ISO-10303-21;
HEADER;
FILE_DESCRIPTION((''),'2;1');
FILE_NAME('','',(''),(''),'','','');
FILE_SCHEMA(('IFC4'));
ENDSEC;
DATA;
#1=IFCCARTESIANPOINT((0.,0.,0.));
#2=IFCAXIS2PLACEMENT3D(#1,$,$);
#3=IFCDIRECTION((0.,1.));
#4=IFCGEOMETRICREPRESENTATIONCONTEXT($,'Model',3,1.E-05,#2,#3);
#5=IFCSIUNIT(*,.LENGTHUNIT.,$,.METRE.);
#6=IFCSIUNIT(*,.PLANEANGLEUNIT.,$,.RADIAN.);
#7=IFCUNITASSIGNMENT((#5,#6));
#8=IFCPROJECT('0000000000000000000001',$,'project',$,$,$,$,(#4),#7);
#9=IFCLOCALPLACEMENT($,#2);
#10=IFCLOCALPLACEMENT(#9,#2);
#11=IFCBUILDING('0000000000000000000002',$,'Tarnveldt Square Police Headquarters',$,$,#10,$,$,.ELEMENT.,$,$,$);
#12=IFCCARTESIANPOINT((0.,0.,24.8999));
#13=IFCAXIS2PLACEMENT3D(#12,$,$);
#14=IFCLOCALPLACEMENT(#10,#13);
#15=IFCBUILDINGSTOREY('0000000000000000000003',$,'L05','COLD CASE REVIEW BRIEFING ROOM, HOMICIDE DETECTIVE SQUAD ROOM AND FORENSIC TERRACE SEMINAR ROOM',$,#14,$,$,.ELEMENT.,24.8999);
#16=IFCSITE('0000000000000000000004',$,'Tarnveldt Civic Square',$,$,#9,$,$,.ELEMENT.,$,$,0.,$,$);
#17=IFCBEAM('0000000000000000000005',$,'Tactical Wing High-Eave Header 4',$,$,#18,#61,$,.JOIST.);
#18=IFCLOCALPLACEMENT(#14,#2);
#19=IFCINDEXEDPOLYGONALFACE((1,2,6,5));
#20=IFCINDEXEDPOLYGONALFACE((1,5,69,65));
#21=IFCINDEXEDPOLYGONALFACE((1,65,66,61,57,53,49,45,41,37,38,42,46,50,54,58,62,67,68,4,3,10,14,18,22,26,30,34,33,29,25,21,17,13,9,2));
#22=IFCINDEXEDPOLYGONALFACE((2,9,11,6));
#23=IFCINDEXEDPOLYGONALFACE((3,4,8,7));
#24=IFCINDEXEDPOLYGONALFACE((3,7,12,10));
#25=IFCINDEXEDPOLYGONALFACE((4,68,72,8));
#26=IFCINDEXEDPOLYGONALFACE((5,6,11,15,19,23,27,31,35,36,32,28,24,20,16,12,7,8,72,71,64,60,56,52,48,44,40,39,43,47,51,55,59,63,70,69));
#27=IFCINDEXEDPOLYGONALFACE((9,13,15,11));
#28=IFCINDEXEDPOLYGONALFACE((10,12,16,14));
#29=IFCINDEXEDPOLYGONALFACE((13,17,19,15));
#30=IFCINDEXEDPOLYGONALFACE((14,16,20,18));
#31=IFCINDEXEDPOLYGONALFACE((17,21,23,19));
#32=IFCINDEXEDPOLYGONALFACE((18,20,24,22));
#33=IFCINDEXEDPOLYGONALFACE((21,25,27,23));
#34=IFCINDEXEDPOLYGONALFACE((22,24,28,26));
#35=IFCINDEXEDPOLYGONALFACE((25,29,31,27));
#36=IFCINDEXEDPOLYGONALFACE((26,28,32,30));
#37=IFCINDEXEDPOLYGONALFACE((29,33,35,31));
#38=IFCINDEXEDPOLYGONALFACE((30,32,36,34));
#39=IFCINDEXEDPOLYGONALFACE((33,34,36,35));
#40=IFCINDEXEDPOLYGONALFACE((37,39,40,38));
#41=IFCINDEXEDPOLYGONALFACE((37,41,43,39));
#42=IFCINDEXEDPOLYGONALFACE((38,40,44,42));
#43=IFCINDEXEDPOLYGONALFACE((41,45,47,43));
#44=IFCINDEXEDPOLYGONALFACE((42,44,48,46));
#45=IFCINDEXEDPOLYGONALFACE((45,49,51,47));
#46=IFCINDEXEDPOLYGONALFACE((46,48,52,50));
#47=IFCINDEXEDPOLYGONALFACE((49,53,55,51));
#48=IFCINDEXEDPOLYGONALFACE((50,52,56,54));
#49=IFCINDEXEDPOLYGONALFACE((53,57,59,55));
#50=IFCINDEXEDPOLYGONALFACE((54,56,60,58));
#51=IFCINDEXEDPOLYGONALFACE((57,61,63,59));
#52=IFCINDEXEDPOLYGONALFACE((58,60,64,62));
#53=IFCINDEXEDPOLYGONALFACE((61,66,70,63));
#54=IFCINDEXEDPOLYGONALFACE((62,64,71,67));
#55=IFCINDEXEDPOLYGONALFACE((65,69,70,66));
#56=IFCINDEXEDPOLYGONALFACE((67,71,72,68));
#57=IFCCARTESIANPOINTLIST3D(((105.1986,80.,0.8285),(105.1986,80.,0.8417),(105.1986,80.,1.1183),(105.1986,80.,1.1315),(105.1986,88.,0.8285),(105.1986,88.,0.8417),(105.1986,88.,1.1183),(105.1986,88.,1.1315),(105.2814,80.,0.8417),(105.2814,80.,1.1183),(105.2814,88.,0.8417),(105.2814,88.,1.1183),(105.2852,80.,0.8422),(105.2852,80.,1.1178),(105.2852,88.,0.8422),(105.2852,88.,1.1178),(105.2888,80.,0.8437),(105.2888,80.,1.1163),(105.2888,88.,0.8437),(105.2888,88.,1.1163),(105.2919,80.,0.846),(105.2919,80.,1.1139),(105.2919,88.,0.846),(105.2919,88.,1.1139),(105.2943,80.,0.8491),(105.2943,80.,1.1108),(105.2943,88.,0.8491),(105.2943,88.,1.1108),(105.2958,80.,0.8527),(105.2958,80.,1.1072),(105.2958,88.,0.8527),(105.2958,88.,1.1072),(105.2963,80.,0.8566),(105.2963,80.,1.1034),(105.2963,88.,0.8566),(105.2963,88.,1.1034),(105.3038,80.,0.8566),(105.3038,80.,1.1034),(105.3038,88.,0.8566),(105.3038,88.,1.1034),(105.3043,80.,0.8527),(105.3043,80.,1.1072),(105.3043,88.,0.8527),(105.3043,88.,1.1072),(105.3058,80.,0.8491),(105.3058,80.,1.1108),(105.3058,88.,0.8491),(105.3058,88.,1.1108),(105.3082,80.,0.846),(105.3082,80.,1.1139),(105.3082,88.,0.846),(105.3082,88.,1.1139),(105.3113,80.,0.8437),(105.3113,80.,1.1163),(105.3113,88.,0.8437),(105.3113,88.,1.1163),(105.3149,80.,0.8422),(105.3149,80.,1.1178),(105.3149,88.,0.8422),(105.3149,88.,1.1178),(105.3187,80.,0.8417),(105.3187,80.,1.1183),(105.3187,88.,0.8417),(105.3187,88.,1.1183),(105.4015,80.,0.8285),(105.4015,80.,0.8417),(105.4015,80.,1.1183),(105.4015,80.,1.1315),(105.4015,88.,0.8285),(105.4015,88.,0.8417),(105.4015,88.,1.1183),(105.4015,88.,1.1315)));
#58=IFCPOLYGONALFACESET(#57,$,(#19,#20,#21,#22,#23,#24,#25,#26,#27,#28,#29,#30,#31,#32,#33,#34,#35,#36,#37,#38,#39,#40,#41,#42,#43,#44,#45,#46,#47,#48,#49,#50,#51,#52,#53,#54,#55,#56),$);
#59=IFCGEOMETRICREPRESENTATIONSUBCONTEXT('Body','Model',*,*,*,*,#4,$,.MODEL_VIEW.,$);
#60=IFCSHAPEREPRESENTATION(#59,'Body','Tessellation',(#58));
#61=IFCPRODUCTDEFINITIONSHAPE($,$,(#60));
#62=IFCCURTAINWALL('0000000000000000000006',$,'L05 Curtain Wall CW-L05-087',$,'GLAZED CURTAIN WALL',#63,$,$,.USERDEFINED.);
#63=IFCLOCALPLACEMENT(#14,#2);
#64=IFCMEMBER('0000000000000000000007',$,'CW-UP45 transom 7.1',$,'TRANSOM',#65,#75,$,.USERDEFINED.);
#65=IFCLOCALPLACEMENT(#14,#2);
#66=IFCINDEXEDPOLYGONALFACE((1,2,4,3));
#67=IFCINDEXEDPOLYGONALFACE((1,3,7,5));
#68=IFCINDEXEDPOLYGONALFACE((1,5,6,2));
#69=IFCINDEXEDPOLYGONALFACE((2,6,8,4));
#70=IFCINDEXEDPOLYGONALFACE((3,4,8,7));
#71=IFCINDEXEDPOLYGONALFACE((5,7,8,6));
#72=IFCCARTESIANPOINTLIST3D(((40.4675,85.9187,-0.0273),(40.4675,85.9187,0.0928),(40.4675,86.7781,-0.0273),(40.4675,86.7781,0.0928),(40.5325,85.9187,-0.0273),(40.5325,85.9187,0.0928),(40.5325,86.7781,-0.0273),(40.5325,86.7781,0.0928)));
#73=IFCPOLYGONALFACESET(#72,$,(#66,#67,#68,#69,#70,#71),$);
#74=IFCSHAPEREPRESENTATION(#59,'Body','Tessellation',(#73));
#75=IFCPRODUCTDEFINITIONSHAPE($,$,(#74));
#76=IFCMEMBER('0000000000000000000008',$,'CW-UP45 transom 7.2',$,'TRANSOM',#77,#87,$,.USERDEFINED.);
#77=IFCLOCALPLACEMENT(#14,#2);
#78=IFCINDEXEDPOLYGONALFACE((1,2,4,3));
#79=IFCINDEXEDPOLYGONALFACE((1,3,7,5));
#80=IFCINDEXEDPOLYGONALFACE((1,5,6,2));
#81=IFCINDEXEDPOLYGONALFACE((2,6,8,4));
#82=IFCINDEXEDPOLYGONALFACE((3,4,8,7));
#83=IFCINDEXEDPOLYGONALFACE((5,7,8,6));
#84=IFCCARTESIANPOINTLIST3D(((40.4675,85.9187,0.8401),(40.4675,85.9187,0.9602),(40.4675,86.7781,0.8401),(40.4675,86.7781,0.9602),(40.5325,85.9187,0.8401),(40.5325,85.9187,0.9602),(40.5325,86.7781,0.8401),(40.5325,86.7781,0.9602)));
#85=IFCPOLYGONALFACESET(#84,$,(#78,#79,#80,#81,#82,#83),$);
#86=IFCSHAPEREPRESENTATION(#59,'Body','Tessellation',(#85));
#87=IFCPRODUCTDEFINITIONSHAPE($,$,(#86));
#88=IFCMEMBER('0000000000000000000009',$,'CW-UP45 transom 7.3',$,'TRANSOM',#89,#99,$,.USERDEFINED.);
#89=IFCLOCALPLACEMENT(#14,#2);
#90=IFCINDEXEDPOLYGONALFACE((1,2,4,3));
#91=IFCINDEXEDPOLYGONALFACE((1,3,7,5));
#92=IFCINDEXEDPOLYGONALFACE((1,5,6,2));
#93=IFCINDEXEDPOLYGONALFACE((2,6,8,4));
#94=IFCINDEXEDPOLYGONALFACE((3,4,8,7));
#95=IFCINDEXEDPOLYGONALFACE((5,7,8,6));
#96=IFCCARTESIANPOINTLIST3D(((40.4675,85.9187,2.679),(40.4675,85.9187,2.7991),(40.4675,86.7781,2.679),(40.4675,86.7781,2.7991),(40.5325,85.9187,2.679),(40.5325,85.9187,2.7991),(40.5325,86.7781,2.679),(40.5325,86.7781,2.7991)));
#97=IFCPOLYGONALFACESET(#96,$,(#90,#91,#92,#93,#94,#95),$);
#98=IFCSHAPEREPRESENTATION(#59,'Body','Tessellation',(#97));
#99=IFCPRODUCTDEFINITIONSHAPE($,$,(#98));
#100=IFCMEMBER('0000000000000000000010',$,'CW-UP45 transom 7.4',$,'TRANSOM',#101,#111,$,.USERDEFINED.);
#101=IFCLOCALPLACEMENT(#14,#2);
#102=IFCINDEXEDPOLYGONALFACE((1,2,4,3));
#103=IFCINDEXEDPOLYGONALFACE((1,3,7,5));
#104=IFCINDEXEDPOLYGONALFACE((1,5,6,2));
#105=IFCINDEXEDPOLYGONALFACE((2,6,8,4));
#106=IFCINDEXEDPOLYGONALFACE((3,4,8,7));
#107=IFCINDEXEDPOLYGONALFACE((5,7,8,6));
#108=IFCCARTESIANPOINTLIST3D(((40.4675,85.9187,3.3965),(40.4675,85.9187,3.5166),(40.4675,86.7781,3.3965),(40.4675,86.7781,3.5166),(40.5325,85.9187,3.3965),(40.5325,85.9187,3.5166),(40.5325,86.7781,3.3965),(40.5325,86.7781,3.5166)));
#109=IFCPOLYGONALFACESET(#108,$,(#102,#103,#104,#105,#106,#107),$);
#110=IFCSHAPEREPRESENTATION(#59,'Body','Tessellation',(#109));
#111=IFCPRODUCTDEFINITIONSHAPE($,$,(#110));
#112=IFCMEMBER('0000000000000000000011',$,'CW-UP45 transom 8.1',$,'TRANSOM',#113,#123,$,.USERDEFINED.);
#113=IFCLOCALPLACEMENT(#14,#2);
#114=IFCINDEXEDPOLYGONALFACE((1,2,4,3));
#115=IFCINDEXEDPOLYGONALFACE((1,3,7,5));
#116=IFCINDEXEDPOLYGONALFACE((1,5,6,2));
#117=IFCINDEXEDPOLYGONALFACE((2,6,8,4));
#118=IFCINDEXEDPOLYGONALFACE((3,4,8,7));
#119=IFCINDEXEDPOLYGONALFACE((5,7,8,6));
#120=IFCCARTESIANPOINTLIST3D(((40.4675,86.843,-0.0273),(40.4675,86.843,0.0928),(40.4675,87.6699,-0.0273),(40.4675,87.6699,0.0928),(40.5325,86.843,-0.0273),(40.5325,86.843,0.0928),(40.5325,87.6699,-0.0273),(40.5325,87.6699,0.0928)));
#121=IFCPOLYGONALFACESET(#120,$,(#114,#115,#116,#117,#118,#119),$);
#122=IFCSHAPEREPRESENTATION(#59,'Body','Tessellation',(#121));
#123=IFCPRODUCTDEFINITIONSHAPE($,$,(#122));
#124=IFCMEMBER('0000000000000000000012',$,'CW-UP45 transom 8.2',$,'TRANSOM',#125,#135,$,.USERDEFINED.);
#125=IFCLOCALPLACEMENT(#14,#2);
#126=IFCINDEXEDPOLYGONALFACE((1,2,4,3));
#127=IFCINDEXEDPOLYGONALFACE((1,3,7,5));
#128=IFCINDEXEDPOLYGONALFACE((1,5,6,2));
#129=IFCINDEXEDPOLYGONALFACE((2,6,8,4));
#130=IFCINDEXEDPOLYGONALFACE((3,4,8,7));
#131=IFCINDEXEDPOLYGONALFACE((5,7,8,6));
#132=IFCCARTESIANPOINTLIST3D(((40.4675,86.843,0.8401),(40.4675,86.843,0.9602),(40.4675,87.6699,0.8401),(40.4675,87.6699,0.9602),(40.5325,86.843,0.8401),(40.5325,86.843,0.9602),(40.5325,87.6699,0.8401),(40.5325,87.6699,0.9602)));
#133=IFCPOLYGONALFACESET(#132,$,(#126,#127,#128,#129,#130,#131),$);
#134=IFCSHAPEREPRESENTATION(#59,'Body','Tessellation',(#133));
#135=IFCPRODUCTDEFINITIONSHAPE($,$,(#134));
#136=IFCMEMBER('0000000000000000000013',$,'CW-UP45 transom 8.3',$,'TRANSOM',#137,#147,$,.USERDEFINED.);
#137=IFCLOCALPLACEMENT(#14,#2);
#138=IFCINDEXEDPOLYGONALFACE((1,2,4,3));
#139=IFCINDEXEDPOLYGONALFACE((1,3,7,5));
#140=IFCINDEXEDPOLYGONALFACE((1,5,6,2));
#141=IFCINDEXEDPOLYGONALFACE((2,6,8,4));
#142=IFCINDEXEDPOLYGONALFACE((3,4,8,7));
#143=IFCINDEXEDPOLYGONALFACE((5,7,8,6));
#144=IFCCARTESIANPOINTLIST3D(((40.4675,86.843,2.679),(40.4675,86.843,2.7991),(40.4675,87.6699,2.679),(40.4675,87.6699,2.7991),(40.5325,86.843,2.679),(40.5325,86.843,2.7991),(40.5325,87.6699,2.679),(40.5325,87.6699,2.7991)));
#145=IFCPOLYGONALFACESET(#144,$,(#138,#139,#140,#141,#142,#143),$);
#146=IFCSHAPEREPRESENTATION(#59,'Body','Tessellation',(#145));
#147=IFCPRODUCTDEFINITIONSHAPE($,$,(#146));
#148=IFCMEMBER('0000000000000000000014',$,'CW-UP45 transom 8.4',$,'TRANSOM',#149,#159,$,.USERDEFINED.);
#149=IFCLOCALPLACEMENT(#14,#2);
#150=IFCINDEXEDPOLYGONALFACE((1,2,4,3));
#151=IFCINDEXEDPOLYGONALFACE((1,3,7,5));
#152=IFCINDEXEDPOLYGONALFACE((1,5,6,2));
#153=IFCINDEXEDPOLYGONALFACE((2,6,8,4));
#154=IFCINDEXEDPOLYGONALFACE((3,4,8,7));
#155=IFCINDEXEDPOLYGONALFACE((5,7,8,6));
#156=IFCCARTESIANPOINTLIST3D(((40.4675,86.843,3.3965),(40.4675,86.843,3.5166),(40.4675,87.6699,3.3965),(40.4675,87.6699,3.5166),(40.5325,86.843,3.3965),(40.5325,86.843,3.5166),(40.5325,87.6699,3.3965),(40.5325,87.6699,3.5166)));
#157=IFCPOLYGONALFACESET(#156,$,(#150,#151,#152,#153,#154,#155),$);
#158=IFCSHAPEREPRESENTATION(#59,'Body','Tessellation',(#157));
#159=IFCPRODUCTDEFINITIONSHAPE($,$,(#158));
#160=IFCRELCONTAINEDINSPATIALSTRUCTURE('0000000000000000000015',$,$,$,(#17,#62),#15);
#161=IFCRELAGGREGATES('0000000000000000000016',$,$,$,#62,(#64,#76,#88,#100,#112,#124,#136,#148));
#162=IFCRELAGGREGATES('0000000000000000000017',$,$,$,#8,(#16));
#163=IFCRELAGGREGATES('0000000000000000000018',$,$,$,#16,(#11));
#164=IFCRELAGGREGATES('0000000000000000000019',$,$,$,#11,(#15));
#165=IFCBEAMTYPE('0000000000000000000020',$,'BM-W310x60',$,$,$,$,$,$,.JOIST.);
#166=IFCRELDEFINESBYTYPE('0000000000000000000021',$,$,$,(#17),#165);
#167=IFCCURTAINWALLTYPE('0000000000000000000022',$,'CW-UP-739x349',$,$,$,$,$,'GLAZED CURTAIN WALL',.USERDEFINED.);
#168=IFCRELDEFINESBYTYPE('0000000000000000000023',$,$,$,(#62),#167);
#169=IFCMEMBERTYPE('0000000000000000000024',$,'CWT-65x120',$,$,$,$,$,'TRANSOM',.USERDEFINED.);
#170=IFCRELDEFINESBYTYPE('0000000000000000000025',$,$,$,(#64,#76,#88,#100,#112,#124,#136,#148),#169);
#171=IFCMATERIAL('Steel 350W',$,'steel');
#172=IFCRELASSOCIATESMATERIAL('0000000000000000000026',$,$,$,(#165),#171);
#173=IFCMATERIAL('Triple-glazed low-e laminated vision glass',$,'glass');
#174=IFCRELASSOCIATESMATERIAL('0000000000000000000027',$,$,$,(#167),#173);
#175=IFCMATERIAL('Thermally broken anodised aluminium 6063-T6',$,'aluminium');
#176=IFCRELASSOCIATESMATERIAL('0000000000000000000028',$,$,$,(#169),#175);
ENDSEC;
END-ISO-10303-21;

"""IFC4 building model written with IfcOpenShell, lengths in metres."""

from ifc_helpers import new_model, si_unit, direction, frame, origin, origin_2d, place, context, subcontext, project, spatial, rectangle, i_section, extrude, material, material_profile, profile_set, type_object, element, aggregate, save


model = new_model("IFC4")

# Units and contexts
model_context = context("Model", 3, precision=1e-05, world=origin(), true_north=direction((0.0, 1.0)))
body_context = subcontext(model_context, "Body", "Model", "MODEL_VIEW")
ifc_project = project(units=[si_unit("LENGTHUNIT", "METRE"), si_unit("PLANEANGLEUNIT", "RADIAN")], contexts=[model_context])

# Site, building, storey
site_placement = place(None, origin())
site = spatial("IfcSite", under=ifc_project, at=site_placement, Name="Tarnveldt Civic Square", CompositionType="ELEMENT", RefElevation=0.0)
building_placement = place(site_placement, origin())
building = spatial("IfcBuilding", under=site, at=building_placement, Name="Tarnveldt Square Police Headquarters", CompositionType="ELEMENT")
storey_placement = place(building_placement, frame((0.0, 0.0, 24.8999)))
storey = spatial("IfcBuildingStorey", under=building, at=storey_placement, Name="L05", Description="COLD CASE REVIEW BRIEFING ROOM, HOMICIDE DETECTIVE SQUAD ROOM AND FORENSIC TERRACE SEMINAR ROOM", CompositionType="ELEMENT", Elevation=24.8999)

# Beam
ifc_material_1 = material(Name="Steel 350W", Category="steel")
ifc_material_profile_1 = material_profile(ifc_material_1, i_section(OverallWidth=0.2029, OverallDepth=0.303, WebThickness=0.0076, FlangeThickness=0.0132, FilletRadius=0.0149, at=origin_2d()), Name="W310x60")
ifc_profile_set_1 = profile_set([ifc_material_profile_1], Name="Steel 350W")
beam_type_1 = type_object("IfcBeamType", Name="BM-W310x60", PredefinedType="JOIST", material=ifc_profile_set_1)
for number, where, z_axis, x_axis, name in (
    (1, (105.3, 80.0, 0.98), (0.0, 1.0, 0.0), (-1.0, 0.0, 0.0), "Tactical Wing High-Eave Header 4"),
):
    element("IfcBeam", number, at=place(storey_placement, frame(where, z_axis=z_axis, x_axis=x_axis)), inside=storey, type_object=beam_type_1, Name=name, PredefinedType="JOIST", context=body_context, shape_type="SweptSolid", body=[
        extrude(i_section(OverallWidth=0.2029, OverallDepth=0.303, WebThickness=0.0076, FlangeThickness=0.0132, FilletRadius=0.0149, at=origin_2d()), origin(), (0.0, 0.0, 1.0), 8.0),
    ])

# Curtain wall, members
ifc_material_2 = material(Name="Triple-glazed low-e laminated vision glass", Category="glass")
curtain_wall_type = type_object("IfcCurtainWallType", Name="CW-UP-739x349", ElementType="GLAZED CURTAIN WALL", PredefinedType="USERDEFINED", material=ifc_material_2)
curtain_wall_placement = place(storey_placement, origin())
curtain_wall = element("IfcCurtainWall", 2, at=curtain_wall_placement, inside=storey, type_object=curtain_wall_type, Name="L05 Curtain Wall CW-L05-087", ObjectType="GLAZED CURTAIN WALL", PredefinedType="USERDEFINED")
ifc_material_3 = material(Name="Thermally broken anodised aluminium 6063-T6", Category="aluminium")
ifc_material_profile_2 = material_profile(ifc_material_3, rectangle(XDim=0.0649, YDim=0.1201, at=origin_2d()), Name="CW-T65x120")
ifc_profile_set_2 = profile_set([ifc_material_profile_2], Name="Thermally broken anodised aluminium 6063-T6")
member_type_1 = type_object("IfcMemberType", Name="CWT-65x120", ElementType="TRANSOM", PredefinedType="USERDEFINED", material=ifc_profile_set_2)
member_1_placement = place(storey_placement, frame((40.5, 85.9187, 0.0327), z_axis=(0.0, 1.0, 0.0), x_axis=(-1.0, 0.0, 0.0)))
member_1 = element("IfcMember", 3, at=member_1_placement, type_object=member_type_1, Name="CW-UP45 transom 7.1", ObjectType="TRANSOM", PredefinedType="USERDEFINED", context=body_context, shape_type="SweptSolid", body=[
    extrude(rectangle(XDim=0.0649, YDim=0.1201, at=origin_2d()), origin(), (0.0, 0.0, 1.0), 0.8594),
])
member_2_placement = place(storey_placement, frame((40.5, 85.9187, 0.9001), z_axis=(0.0, 1.0, 0.0), x_axis=(-1.0, 0.0, 0.0)))
member_2 = element("IfcMember", 4, at=member_2_placement, type_object=member_type_1, Name="CW-UP45 transom 7.2", ObjectType="TRANSOM", PredefinedType="USERDEFINED", context=body_context, shape_type="SweptSolid", body=[
    extrude(rectangle(XDim=0.0649, YDim=0.1201, at=origin_2d()), origin(), (0.0, 0.0, 1.0), 0.8594),
])
member_3_placement = place(storey_placement, frame((40.5, 85.9187, 2.739), z_axis=(0.0, 1.0, 0.0), x_axis=(-1.0, 0.0, 0.0)))
member_3 = element("IfcMember", 5, at=member_3_placement, type_object=member_type_1, Name="CW-UP45 transom 7.3", ObjectType="TRANSOM", PredefinedType="USERDEFINED", context=body_context, shape_type="SweptSolid", body=[
    extrude(rectangle(XDim=0.0649, YDim=0.1201, at=origin_2d()), origin(), (0.0, 0.0, 1.0), 0.8594),
])
member_4_placement = place(storey_placement, frame((40.5, 85.9187, 3.4565), z_axis=(0.0, 1.0, 0.0), x_axis=(-1.0, 0.0, 0.0)))
member_4 = element("IfcMember", 6, at=member_4_placement, type_object=member_type_1, Name="CW-UP45 transom 7.4", ObjectType="TRANSOM", PredefinedType="USERDEFINED", context=body_context, shape_type="SweptSolid", body=[
    extrude(rectangle(XDim=0.0649, YDim=0.1201, at=origin_2d()), origin(), (0.0, 0.0, 1.0), 0.8594),
])
member_5_placement = place(storey_placement, frame((40.5, 86.843, 0.0327), z_axis=(0.0, 1.0, 0.0), x_axis=(-1.0, 0.0, 0.0)))
member_5 = element("IfcMember", 7, at=member_5_placement, type_object=member_type_1, Name="CW-UP45 transom 8.1", ObjectType="TRANSOM", PredefinedType="USERDEFINED", context=body_context, shape_type="SweptSolid", body=[
    extrude(rectangle(XDim=0.0649, YDim=0.1201, at=origin_2d()), origin(), (0.0, 0.0, 1.0), 0.8269),
])
member_6_placement = place(storey_placement, frame((40.5, 86.843, 0.9001), z_axis=(0.0, 1.0, 0.0), x_axis=(-1.0, 0.0, 0.0)))
member_6 = element("IfcMember", 8, at=member_6_placement, type_object=member_type_1, Name="CW-UP45 transom 8.2", ObjectType="TRANSOM", PredefinedType="USERDEFINED", context=body_context, shape_type="SweptSolid", body=[
    extrude(rectangle(XDim=0.0649, YDim=0.1201, at=origin_2d()), origin(), (0.0, 0.0, 1.0), 0.8269),
])
member_7_placement = place(storey_placement, frame((40.5, 86.843, 2.739), z_axis=(0.0, 1.0, 0.0), x_axis=(-1.0, 0.0, 0.0)))
member_7 = element("IfcMember", 9, at=member_7_placement, type_object=member_type_1, Name="CW-UP45 transom 8.3", ObjectType="TRANSOM", PredefinedType="USERDEFINED", context=body_context, shape_type="SweptSolid", body=[
    extrude(rectangle(XDim=0.0649, YDim=0.1201, at=origin_2d()), origin(), (0.0, 0.0, 1.0), 0.8269),
])
member_8_placement = place(storey_placement, frame((40.5, 86.843, 3.4565), z_axis=(0.0, 1.0, 0.0), x_axis=(-1.0, 0.0, 0.0)))
member_8 = element("IfcMember", 10, at=member_8_placement, type_object=member_type_1, Name="CW-UP45 transom 8.4", ObjectType="TRANSOM", PredefinedType="USERDEFINED", context=body_context, shape_type="SweptSolid", body=[
    extrude(rectangle(XDim=0.0649, YDim=0.1201, at=origin_2d()), origin(), (0.0, 0.0, 1.0), 0.8269),
])

aggregate(curtain_wall, [member_1, member_2, member_3, member_4, member_5, member_6, member_7, member_8])

save(model, "model.ifc")
